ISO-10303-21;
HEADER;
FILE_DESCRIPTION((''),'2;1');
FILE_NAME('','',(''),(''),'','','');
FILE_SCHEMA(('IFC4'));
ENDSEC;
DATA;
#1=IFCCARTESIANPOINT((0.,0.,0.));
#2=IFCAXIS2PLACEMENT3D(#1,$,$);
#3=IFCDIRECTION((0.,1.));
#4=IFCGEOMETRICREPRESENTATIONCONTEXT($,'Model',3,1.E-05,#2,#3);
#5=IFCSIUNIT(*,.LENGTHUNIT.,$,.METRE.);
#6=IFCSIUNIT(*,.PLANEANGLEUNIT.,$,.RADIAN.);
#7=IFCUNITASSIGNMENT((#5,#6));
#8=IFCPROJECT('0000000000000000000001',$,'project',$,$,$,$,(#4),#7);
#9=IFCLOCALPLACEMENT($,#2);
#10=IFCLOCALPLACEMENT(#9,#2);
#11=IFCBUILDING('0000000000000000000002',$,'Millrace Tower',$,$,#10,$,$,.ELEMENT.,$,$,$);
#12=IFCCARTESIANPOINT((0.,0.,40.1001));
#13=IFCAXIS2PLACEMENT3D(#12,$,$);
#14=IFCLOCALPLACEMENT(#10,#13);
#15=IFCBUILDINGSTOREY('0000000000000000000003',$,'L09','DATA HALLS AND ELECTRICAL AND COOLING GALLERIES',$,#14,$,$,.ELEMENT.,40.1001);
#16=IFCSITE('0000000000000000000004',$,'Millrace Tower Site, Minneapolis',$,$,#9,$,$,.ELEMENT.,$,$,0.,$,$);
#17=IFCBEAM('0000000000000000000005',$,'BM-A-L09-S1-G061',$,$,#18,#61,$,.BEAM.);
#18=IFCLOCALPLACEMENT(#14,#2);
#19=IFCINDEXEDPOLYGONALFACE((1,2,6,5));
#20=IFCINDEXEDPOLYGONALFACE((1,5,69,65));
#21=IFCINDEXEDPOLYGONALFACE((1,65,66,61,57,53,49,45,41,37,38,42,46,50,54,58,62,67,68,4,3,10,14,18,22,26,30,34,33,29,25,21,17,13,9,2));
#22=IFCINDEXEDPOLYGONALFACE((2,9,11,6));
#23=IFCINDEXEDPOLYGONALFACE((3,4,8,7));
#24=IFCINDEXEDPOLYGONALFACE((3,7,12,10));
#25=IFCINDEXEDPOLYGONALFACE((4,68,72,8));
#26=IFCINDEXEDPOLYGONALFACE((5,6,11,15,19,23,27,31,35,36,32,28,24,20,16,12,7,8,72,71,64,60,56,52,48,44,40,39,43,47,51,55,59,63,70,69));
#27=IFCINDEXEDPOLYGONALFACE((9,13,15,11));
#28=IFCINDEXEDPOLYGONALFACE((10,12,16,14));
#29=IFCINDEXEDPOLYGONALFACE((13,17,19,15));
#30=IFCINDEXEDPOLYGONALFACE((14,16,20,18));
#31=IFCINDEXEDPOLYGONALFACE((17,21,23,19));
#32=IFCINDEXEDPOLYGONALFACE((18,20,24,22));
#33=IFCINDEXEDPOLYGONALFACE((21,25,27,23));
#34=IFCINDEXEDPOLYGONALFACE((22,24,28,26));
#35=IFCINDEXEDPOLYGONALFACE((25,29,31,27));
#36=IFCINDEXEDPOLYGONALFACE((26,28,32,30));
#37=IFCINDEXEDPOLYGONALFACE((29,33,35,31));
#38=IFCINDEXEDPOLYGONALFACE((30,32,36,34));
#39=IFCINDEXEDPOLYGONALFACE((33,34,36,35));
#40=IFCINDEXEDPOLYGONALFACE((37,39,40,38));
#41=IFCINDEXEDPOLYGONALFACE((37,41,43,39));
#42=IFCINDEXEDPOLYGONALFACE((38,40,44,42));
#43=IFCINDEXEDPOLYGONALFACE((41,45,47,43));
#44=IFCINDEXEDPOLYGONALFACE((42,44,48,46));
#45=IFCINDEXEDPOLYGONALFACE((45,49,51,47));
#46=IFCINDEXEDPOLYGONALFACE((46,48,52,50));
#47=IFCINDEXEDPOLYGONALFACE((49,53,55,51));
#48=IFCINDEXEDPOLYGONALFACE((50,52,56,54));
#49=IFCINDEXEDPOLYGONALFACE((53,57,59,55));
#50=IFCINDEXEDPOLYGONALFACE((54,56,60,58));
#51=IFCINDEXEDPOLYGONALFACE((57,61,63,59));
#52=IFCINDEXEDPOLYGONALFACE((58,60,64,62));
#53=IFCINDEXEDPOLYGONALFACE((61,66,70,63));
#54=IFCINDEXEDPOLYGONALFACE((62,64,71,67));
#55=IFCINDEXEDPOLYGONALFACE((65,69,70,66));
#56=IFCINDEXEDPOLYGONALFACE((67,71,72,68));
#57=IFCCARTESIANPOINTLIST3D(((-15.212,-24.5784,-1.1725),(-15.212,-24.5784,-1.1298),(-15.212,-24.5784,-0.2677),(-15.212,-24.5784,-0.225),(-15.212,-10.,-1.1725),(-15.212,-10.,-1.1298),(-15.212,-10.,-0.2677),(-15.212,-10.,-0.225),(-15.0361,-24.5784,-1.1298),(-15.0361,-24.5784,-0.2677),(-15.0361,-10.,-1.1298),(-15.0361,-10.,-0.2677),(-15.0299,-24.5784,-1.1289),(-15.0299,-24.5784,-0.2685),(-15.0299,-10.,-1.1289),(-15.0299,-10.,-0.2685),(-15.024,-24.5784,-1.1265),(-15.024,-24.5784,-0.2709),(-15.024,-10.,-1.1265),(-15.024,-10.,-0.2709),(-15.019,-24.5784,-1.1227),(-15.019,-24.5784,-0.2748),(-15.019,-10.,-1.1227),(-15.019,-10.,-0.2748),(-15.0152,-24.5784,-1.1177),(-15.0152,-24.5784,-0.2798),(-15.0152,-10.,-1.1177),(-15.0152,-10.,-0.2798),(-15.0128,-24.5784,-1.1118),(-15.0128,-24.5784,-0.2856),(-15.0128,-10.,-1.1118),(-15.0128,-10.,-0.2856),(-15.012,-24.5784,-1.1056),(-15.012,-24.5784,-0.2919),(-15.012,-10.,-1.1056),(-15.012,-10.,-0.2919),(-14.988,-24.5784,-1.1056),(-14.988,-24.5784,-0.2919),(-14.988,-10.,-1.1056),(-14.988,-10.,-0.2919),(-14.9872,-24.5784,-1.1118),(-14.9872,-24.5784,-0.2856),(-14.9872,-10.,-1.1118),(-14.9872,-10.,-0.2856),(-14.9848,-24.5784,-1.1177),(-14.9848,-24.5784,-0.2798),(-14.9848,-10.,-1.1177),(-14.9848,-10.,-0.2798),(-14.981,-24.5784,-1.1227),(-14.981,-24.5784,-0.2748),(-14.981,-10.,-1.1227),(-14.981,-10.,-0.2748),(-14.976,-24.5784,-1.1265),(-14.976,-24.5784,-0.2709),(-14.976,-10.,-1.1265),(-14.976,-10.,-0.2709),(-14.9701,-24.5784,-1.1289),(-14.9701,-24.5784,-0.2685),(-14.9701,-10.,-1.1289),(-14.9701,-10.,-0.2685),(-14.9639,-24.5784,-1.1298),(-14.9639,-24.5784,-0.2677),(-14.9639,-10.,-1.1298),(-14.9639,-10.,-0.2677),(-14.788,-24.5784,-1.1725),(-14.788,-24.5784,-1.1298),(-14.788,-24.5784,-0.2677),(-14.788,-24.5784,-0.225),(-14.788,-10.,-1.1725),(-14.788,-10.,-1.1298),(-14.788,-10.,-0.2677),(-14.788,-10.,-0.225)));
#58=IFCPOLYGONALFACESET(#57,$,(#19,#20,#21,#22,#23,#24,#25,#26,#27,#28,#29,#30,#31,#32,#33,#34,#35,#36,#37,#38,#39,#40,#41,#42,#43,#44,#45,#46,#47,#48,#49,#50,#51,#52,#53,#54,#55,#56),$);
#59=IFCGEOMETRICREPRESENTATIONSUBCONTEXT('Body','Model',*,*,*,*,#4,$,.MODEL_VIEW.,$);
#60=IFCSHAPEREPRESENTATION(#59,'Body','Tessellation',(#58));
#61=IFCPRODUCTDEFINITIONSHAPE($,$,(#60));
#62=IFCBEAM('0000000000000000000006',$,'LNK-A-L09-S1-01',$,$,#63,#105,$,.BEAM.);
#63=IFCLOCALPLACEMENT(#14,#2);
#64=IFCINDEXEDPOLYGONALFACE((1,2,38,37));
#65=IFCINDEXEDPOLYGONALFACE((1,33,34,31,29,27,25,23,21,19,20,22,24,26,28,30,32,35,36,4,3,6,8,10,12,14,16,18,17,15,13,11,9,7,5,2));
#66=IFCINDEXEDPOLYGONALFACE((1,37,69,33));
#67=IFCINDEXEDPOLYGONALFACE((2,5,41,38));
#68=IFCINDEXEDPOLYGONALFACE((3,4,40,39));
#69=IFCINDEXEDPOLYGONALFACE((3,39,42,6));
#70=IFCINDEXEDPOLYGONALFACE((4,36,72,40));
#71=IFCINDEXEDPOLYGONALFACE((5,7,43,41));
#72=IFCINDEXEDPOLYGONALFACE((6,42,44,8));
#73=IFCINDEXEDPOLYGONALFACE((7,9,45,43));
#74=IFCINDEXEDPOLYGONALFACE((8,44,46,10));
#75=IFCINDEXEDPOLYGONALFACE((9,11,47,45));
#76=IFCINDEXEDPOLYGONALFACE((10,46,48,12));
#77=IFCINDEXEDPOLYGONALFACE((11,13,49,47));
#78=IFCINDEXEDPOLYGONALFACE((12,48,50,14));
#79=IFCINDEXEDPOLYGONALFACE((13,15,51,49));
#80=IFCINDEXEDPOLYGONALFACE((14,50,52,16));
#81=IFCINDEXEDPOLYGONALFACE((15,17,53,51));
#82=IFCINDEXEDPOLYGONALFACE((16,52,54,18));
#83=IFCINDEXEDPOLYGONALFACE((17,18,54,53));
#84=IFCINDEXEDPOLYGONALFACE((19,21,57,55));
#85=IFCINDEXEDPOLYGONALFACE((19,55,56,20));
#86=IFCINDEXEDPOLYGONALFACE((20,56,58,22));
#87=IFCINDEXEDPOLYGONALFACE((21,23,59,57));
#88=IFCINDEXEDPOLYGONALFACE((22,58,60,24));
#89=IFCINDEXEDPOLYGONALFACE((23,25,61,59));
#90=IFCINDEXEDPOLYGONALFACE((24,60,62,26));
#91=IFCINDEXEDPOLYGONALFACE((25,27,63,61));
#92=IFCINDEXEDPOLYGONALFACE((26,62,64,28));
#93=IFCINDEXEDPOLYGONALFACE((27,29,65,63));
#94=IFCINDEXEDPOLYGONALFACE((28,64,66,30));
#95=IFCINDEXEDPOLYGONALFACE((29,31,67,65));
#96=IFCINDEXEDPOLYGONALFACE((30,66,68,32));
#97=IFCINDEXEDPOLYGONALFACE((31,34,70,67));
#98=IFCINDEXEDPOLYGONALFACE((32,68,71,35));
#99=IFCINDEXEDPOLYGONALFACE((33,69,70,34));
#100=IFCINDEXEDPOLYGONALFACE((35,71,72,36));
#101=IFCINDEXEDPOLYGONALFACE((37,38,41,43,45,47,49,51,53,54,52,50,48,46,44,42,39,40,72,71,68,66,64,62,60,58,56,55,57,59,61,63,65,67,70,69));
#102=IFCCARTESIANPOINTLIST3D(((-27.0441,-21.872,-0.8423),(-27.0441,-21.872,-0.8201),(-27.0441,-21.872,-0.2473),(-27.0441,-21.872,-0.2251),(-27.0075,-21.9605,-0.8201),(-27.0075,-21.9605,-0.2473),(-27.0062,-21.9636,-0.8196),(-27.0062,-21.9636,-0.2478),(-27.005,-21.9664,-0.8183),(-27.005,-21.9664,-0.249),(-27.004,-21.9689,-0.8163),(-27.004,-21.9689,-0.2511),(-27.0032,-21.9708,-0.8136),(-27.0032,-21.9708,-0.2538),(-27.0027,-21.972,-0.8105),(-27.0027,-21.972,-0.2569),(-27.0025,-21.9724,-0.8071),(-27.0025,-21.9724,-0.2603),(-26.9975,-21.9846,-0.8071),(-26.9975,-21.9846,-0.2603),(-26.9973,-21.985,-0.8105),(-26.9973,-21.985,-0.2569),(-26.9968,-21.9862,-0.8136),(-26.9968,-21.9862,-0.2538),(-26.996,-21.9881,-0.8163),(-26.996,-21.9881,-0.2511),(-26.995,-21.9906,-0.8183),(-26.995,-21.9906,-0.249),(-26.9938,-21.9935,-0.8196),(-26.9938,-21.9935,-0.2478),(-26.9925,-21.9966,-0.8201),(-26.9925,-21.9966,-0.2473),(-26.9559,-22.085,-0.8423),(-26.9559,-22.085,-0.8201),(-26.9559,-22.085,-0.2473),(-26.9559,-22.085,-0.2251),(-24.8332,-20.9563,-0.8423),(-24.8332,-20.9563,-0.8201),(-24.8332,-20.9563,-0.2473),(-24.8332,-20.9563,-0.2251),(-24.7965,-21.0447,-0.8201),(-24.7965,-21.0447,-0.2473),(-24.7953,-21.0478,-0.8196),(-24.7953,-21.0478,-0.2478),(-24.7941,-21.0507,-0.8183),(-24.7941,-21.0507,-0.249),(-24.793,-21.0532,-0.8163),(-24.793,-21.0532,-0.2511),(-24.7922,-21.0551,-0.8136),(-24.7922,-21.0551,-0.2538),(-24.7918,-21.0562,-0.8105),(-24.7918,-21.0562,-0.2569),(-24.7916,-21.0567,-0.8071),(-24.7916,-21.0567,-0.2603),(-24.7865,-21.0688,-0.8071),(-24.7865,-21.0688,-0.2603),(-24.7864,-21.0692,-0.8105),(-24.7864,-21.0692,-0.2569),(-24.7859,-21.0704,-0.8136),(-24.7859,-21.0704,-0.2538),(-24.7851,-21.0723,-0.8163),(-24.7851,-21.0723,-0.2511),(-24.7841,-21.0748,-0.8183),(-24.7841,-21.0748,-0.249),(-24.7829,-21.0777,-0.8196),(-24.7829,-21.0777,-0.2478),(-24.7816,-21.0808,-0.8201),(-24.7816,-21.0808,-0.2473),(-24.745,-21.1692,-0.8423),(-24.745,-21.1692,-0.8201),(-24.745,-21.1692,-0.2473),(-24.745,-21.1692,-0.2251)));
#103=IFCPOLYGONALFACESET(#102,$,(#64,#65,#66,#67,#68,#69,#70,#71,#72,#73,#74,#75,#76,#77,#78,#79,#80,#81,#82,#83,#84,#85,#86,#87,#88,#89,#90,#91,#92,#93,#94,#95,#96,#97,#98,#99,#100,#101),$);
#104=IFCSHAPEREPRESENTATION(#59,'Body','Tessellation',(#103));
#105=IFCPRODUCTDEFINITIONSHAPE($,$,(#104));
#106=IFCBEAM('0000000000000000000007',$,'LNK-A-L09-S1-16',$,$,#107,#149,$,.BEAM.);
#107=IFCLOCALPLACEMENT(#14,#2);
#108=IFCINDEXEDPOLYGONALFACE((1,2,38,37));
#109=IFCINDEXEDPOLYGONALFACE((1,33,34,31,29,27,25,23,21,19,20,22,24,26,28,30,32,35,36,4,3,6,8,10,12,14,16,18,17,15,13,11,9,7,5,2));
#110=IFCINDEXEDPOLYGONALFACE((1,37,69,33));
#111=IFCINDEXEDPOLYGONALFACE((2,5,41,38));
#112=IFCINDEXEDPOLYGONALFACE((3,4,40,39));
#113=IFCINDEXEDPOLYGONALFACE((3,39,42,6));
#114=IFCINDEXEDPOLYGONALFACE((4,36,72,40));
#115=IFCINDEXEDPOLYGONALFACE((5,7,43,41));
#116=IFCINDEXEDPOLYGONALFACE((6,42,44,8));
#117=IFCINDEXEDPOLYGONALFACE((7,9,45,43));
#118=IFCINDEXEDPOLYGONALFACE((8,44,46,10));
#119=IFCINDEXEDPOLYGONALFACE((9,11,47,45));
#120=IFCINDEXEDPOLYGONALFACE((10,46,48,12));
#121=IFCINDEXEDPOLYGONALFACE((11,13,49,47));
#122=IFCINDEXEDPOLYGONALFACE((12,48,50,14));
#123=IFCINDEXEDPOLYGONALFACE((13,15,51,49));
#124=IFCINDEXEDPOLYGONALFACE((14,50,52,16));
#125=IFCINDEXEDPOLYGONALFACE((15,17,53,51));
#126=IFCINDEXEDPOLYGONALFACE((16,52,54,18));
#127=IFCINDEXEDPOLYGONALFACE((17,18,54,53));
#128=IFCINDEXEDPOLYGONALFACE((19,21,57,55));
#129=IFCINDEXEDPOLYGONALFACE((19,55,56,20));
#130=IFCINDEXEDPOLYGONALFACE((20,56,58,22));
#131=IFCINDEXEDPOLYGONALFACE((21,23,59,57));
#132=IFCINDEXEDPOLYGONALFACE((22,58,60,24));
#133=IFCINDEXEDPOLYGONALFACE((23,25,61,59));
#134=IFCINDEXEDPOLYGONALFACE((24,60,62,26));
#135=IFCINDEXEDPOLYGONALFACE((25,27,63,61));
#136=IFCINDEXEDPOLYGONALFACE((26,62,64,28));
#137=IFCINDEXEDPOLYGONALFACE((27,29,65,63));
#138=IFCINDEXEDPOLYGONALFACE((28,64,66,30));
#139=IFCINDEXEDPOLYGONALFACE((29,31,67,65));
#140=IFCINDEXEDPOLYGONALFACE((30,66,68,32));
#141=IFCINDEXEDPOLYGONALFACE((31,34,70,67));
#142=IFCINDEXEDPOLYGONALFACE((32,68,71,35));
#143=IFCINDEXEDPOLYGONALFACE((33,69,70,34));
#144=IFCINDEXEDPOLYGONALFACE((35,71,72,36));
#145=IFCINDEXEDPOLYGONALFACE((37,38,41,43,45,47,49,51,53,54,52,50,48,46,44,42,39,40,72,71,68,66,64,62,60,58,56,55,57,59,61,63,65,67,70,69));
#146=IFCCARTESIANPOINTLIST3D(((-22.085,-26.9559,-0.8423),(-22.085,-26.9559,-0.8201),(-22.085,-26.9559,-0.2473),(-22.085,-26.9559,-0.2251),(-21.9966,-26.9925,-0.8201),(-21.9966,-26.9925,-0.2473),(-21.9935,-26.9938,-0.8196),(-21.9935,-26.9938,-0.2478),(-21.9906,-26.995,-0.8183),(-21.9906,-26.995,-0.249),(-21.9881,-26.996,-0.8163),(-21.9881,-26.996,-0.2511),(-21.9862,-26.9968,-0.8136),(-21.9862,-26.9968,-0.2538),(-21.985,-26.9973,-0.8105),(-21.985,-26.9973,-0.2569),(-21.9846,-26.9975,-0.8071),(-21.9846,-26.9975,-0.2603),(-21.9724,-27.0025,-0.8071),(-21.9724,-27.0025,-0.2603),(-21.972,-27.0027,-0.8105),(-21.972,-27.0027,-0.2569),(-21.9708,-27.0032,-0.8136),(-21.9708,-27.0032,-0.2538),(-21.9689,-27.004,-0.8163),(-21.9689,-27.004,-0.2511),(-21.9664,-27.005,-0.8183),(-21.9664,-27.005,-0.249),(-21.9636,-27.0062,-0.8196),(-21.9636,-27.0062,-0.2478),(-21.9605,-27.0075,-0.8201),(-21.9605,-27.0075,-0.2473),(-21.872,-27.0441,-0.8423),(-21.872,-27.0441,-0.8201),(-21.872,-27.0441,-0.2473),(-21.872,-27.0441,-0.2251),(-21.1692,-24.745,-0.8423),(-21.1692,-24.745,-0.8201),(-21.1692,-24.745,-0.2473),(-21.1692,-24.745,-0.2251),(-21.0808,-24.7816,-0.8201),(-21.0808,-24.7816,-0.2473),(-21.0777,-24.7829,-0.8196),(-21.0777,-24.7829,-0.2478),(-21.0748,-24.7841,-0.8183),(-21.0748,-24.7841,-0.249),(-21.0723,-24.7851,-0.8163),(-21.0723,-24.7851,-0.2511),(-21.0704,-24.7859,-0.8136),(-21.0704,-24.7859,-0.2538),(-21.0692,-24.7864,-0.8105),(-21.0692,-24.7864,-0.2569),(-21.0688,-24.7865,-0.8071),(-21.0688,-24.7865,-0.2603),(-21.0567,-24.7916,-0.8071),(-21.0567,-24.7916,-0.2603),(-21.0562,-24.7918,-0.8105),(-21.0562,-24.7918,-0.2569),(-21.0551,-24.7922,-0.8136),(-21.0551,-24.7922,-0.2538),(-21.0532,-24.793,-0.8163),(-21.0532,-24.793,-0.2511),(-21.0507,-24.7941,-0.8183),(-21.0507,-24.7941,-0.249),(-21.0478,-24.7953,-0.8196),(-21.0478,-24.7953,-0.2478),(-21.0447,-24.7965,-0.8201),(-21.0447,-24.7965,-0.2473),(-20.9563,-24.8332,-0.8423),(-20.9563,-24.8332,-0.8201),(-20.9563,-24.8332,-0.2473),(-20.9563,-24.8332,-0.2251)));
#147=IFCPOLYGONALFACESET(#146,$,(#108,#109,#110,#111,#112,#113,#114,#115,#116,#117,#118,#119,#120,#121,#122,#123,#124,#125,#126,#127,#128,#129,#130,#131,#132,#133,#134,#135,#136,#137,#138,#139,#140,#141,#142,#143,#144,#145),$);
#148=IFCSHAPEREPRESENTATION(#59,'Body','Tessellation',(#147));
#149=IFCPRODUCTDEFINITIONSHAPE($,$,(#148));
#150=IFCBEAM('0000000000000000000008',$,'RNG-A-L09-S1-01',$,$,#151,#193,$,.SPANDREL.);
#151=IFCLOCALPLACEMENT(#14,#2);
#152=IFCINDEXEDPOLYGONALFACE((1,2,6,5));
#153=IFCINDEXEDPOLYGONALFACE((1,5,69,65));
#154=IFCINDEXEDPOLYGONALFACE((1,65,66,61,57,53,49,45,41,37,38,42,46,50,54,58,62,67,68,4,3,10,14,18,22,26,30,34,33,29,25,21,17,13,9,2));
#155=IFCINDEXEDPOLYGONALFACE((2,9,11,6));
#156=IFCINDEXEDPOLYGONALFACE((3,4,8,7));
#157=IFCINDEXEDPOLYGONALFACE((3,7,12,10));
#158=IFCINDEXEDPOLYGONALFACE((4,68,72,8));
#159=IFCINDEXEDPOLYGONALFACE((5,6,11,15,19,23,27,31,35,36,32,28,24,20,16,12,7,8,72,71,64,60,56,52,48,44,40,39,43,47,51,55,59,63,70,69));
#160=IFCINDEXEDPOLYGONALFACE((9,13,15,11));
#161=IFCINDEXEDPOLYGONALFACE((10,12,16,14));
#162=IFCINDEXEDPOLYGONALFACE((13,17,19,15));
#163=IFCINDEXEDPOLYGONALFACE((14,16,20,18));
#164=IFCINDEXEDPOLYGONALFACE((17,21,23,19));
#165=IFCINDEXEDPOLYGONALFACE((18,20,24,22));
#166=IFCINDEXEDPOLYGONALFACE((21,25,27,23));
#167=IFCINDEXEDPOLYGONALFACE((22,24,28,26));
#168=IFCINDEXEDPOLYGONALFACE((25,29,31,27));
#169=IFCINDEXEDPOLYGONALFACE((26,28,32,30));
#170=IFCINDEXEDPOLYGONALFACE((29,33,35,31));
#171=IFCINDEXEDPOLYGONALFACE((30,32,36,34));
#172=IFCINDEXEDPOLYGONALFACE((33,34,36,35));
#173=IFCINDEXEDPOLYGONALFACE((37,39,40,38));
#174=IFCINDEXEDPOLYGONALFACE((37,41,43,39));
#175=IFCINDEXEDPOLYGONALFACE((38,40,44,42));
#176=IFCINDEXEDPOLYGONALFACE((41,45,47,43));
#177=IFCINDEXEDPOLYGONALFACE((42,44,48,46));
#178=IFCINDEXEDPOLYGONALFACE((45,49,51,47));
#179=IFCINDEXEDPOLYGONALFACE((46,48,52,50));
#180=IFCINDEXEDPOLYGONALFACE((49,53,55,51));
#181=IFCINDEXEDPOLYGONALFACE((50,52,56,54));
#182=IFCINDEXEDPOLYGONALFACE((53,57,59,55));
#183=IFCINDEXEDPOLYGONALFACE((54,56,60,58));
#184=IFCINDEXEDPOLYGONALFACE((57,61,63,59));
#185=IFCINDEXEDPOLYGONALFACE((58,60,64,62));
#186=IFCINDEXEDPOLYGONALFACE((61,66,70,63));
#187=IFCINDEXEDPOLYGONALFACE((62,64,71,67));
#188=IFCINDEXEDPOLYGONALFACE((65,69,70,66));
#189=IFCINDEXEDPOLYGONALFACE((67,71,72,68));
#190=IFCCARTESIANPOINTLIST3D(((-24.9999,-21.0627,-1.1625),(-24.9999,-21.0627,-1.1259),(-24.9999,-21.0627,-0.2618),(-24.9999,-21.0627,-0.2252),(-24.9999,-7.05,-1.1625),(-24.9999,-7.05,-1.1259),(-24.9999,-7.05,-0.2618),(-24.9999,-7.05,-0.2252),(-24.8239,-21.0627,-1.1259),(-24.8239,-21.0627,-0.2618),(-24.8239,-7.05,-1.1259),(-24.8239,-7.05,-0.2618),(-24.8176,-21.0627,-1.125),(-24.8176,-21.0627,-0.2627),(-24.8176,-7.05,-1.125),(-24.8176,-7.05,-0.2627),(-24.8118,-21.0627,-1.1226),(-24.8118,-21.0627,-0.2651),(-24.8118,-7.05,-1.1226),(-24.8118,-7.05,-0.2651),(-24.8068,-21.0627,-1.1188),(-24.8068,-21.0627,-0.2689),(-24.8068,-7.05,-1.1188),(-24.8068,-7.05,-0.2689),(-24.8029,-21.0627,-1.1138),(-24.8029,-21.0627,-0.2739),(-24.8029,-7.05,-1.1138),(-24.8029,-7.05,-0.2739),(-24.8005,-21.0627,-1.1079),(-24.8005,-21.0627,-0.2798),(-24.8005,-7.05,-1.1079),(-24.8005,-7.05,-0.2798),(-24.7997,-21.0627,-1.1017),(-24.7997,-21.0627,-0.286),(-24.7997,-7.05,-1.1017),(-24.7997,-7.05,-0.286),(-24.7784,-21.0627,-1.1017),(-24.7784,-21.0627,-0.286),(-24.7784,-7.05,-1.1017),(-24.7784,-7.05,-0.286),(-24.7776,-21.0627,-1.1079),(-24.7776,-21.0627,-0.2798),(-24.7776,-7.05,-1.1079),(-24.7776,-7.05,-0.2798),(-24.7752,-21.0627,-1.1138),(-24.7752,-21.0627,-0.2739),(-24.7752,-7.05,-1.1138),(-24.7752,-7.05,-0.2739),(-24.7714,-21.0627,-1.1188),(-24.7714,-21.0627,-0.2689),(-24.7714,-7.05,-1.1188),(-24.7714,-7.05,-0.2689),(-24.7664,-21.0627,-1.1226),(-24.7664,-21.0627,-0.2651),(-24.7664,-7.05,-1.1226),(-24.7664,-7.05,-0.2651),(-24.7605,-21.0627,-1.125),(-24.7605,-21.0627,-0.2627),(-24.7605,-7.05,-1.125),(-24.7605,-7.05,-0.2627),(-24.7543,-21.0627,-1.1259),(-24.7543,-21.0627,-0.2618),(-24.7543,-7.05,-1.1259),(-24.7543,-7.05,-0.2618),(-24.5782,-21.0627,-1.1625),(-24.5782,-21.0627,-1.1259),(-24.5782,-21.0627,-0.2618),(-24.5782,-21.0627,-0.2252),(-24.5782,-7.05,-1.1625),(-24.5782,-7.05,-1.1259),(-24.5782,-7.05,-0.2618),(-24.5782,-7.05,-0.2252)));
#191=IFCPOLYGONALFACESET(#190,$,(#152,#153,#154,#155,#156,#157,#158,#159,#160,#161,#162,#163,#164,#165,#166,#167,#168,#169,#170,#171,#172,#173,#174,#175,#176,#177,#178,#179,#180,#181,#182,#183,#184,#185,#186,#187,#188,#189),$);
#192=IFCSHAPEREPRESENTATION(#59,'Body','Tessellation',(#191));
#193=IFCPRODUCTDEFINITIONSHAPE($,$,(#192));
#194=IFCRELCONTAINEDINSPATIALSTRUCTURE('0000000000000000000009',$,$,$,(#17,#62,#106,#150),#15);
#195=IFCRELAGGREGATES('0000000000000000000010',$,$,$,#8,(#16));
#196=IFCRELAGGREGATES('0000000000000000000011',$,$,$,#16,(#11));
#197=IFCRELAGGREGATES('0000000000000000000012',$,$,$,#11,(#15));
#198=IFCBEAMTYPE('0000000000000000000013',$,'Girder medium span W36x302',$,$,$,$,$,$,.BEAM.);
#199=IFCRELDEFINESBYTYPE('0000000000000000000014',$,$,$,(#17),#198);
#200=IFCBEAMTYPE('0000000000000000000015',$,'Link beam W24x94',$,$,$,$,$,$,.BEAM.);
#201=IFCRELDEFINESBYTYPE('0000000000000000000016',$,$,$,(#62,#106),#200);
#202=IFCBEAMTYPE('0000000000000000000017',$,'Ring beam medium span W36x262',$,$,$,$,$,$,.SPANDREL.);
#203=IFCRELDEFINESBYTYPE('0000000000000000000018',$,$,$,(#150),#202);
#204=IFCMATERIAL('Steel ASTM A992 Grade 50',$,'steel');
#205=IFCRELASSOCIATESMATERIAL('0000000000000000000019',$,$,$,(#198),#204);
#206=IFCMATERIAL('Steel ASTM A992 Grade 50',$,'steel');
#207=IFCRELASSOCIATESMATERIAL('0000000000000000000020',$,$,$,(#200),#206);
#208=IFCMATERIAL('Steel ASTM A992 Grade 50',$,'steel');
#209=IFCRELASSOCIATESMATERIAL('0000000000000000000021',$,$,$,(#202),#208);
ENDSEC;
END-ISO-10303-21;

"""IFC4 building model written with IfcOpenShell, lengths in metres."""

from ifc_helpers import new_model, si_unit, direction, frame, origin, origin_2d, place, context, subcontext, project, spatial, i_section, extrude, material, material_profile, profile_set, type_object, element, save


model = new_model("IFC4")

# Units and contexts
model_context = context("Model", 3, precision=1e-05, world=origin(), true_north=direction((0.0, 1.0)))
body_context = subcontext(model_context, "Body", "Model", "MODEL_VIEW")
ifc_project = project(units=[si_unit("LENGTHUNIT", "METRE"), si_unit("PLANEANGLEUNIT", "RADIAN")], contexts=[model_context])

# Site, building, storey
site_placement = place(None, origin())
site = spatial("IfcSite", under=ifc_project, at=site_placement, Name="Millrace Tower Site, Minneapolis", CompositionType="ELEMENT", RefElevation=0.0)
building_placement = place(site_placement, origin())
building = spatial("IfcBuilding", under=site, at=building_placement, Name="Millrace Tower", CompositionType="ELEMENT")
storey_placement = place(building_placement, frame((0.0, 0.0, 40.1001)))
storey = spatial("IfcBuildingStorey", under=building, at=storey_placement, Name="L09", Description="DATA HALLS AND ELECTRICAL AND COOLING GALLERIES", CompositionType="ELEMENT", Elevation=40.1001)

# Beams
ifc_material_1 = material(Name="Steel ASTM A992 Grade 50", Category="steel")
ifc_material_profile_1 = material_profile(ifc_material_1, i_section(OverallWidth=0.4241, OverallDepth=0.9475, WebThickness=0.0239, FlangeThickness=0.0427, FilletRadius=0.0242, at=origin_2d()))
ifc_profile_set_1 = profile_set([ifc_material_profile_1], Name="Steel ASTM A992 Grade 50")
beam_type_1 = type_object("IfcBeamType", Name="Girder medium span W36x302", PredefinedType="BEAM", material=ifc_profile_set_1)
beam_1_placement = place(storey_placement, frame((-15.0, -24.5784, -0.6987), z_axis=(0.0, 1.0, 0.0), x_axis=(-1.0, 0.0, 0.0)))
element("IfcBeam", 1, at=beam_1_placement, inside=storey, type_object=beam_type_1, Name="BM-A-L09-S1-G061", PredefinedType="BEAM", context=body_context, shape_type="SweptSolid", body=[
    extrude(i_section(OverallWidth=0.4241, OverallDepth=0.9475, WebThickness=0.0239, FlangeThickness=0.0427, FilletRadius=0.0242, at=origin_2d()), origin(), (0.0, 0.0, 1.0), 14.5784),
])
ifc_material_2 = material(Name="Steel ASTM A992 Grade 50", Category="steel")
ifc_material_profile_2 = material_profile(ifc_material_2, i_section(OverallWidth=0.2305, OverallDepth=0.6172, WebThickness=0.0132, FlangeThickness=0.0222, FilletRadius=0.0129, at=origin_2d()))
ifc_profile_set_2 = profile_set([ifc_material_profile_2], Name="Steel ASTM A992 Grade 50")
beam_type_2 = type_object("IfcBeamType", Name="Link beam W24x94", PredefinedType="BEAM", material=ifc_profile_set_2)
for number, where, z_axis, x_axis, name in (
    (2, (-24.7891, -21.0627, -0.5337), (-0.923884, -0.382673, 0.0), (0.382673, -0.923884, 0.0), "LNK-A-L09-S1-01"),
    (3, (-21.0627, -24.7891, -0.5337), (-0.382673, -0.923884, 0.0), (0.923884, -0.382673, 0.0), "LNK-A-L09-S1-16"),
):
    element("IfcBeam", number, at=place(storey_placement, frame(where, z_axis=z_axis, x_axis=x_axis)), inside=storey, type_object=beam_type_2, Name=name, PredefinedType="BEAM", context=body_context, shape_type="SweptSolid", body=[
        extrude(i_section(OverallWidth=0.2305, OverallDepth=0.6172, WebThickness=0.0132, FlangeThickness=0.0222, FilletRadius=0.0129, at=origin_2d()), origin(), (0.0, 0.0, 1.0), 2.3931),
    ])
ifc_material_3 = material(Name="Steel ASTM A992 Grade 50", Category="steel")
ifc_material_profile_3 = material_profile(ifc_material_3, i_section(OverallWidth=0.4216, OverallDepth=0.9373, WebThickness=0.0212, FlangeThickness=0.0366, FilletRadius=0.0242, at=origin_2d()))
ifc_profile_set_3 = profile_set([ifc_material_profile_3], Name="Steel ASTM A992 Grade 50")
beam_type_3 = type_object("IfcBeamType", Name="Ring beam medium span W36x262", PredefinedType="SPANDREL", material=ifc_profile_set_3)
beam_2_placement = place(storey_placement, frame((-24.7891, -21.0627, -0.6938), z_axis=(0.0, 1.0, 0.0), x_axis=(-1.0, 0.0, 0.0)))
element("IfcBeam", 4, at=beam_2_placement, inside=storey, type_object=beam_type_3, Name="RNG-A-L09-S1-01", PredefinedType="SPANDREL", context=body_context, shape_type="SweptSolid", body=[
    extrude(i_section(OverallWidth=0.4216, OverallDepth=0.9373, WebThickness=0.0212, FlangeThickness=0.0366, FilletRadius=0.0242, at=origin_2d()), origin(), (0.0, 0.0, 1.0), 14.0127),
])

save(model, "model.ifc")
